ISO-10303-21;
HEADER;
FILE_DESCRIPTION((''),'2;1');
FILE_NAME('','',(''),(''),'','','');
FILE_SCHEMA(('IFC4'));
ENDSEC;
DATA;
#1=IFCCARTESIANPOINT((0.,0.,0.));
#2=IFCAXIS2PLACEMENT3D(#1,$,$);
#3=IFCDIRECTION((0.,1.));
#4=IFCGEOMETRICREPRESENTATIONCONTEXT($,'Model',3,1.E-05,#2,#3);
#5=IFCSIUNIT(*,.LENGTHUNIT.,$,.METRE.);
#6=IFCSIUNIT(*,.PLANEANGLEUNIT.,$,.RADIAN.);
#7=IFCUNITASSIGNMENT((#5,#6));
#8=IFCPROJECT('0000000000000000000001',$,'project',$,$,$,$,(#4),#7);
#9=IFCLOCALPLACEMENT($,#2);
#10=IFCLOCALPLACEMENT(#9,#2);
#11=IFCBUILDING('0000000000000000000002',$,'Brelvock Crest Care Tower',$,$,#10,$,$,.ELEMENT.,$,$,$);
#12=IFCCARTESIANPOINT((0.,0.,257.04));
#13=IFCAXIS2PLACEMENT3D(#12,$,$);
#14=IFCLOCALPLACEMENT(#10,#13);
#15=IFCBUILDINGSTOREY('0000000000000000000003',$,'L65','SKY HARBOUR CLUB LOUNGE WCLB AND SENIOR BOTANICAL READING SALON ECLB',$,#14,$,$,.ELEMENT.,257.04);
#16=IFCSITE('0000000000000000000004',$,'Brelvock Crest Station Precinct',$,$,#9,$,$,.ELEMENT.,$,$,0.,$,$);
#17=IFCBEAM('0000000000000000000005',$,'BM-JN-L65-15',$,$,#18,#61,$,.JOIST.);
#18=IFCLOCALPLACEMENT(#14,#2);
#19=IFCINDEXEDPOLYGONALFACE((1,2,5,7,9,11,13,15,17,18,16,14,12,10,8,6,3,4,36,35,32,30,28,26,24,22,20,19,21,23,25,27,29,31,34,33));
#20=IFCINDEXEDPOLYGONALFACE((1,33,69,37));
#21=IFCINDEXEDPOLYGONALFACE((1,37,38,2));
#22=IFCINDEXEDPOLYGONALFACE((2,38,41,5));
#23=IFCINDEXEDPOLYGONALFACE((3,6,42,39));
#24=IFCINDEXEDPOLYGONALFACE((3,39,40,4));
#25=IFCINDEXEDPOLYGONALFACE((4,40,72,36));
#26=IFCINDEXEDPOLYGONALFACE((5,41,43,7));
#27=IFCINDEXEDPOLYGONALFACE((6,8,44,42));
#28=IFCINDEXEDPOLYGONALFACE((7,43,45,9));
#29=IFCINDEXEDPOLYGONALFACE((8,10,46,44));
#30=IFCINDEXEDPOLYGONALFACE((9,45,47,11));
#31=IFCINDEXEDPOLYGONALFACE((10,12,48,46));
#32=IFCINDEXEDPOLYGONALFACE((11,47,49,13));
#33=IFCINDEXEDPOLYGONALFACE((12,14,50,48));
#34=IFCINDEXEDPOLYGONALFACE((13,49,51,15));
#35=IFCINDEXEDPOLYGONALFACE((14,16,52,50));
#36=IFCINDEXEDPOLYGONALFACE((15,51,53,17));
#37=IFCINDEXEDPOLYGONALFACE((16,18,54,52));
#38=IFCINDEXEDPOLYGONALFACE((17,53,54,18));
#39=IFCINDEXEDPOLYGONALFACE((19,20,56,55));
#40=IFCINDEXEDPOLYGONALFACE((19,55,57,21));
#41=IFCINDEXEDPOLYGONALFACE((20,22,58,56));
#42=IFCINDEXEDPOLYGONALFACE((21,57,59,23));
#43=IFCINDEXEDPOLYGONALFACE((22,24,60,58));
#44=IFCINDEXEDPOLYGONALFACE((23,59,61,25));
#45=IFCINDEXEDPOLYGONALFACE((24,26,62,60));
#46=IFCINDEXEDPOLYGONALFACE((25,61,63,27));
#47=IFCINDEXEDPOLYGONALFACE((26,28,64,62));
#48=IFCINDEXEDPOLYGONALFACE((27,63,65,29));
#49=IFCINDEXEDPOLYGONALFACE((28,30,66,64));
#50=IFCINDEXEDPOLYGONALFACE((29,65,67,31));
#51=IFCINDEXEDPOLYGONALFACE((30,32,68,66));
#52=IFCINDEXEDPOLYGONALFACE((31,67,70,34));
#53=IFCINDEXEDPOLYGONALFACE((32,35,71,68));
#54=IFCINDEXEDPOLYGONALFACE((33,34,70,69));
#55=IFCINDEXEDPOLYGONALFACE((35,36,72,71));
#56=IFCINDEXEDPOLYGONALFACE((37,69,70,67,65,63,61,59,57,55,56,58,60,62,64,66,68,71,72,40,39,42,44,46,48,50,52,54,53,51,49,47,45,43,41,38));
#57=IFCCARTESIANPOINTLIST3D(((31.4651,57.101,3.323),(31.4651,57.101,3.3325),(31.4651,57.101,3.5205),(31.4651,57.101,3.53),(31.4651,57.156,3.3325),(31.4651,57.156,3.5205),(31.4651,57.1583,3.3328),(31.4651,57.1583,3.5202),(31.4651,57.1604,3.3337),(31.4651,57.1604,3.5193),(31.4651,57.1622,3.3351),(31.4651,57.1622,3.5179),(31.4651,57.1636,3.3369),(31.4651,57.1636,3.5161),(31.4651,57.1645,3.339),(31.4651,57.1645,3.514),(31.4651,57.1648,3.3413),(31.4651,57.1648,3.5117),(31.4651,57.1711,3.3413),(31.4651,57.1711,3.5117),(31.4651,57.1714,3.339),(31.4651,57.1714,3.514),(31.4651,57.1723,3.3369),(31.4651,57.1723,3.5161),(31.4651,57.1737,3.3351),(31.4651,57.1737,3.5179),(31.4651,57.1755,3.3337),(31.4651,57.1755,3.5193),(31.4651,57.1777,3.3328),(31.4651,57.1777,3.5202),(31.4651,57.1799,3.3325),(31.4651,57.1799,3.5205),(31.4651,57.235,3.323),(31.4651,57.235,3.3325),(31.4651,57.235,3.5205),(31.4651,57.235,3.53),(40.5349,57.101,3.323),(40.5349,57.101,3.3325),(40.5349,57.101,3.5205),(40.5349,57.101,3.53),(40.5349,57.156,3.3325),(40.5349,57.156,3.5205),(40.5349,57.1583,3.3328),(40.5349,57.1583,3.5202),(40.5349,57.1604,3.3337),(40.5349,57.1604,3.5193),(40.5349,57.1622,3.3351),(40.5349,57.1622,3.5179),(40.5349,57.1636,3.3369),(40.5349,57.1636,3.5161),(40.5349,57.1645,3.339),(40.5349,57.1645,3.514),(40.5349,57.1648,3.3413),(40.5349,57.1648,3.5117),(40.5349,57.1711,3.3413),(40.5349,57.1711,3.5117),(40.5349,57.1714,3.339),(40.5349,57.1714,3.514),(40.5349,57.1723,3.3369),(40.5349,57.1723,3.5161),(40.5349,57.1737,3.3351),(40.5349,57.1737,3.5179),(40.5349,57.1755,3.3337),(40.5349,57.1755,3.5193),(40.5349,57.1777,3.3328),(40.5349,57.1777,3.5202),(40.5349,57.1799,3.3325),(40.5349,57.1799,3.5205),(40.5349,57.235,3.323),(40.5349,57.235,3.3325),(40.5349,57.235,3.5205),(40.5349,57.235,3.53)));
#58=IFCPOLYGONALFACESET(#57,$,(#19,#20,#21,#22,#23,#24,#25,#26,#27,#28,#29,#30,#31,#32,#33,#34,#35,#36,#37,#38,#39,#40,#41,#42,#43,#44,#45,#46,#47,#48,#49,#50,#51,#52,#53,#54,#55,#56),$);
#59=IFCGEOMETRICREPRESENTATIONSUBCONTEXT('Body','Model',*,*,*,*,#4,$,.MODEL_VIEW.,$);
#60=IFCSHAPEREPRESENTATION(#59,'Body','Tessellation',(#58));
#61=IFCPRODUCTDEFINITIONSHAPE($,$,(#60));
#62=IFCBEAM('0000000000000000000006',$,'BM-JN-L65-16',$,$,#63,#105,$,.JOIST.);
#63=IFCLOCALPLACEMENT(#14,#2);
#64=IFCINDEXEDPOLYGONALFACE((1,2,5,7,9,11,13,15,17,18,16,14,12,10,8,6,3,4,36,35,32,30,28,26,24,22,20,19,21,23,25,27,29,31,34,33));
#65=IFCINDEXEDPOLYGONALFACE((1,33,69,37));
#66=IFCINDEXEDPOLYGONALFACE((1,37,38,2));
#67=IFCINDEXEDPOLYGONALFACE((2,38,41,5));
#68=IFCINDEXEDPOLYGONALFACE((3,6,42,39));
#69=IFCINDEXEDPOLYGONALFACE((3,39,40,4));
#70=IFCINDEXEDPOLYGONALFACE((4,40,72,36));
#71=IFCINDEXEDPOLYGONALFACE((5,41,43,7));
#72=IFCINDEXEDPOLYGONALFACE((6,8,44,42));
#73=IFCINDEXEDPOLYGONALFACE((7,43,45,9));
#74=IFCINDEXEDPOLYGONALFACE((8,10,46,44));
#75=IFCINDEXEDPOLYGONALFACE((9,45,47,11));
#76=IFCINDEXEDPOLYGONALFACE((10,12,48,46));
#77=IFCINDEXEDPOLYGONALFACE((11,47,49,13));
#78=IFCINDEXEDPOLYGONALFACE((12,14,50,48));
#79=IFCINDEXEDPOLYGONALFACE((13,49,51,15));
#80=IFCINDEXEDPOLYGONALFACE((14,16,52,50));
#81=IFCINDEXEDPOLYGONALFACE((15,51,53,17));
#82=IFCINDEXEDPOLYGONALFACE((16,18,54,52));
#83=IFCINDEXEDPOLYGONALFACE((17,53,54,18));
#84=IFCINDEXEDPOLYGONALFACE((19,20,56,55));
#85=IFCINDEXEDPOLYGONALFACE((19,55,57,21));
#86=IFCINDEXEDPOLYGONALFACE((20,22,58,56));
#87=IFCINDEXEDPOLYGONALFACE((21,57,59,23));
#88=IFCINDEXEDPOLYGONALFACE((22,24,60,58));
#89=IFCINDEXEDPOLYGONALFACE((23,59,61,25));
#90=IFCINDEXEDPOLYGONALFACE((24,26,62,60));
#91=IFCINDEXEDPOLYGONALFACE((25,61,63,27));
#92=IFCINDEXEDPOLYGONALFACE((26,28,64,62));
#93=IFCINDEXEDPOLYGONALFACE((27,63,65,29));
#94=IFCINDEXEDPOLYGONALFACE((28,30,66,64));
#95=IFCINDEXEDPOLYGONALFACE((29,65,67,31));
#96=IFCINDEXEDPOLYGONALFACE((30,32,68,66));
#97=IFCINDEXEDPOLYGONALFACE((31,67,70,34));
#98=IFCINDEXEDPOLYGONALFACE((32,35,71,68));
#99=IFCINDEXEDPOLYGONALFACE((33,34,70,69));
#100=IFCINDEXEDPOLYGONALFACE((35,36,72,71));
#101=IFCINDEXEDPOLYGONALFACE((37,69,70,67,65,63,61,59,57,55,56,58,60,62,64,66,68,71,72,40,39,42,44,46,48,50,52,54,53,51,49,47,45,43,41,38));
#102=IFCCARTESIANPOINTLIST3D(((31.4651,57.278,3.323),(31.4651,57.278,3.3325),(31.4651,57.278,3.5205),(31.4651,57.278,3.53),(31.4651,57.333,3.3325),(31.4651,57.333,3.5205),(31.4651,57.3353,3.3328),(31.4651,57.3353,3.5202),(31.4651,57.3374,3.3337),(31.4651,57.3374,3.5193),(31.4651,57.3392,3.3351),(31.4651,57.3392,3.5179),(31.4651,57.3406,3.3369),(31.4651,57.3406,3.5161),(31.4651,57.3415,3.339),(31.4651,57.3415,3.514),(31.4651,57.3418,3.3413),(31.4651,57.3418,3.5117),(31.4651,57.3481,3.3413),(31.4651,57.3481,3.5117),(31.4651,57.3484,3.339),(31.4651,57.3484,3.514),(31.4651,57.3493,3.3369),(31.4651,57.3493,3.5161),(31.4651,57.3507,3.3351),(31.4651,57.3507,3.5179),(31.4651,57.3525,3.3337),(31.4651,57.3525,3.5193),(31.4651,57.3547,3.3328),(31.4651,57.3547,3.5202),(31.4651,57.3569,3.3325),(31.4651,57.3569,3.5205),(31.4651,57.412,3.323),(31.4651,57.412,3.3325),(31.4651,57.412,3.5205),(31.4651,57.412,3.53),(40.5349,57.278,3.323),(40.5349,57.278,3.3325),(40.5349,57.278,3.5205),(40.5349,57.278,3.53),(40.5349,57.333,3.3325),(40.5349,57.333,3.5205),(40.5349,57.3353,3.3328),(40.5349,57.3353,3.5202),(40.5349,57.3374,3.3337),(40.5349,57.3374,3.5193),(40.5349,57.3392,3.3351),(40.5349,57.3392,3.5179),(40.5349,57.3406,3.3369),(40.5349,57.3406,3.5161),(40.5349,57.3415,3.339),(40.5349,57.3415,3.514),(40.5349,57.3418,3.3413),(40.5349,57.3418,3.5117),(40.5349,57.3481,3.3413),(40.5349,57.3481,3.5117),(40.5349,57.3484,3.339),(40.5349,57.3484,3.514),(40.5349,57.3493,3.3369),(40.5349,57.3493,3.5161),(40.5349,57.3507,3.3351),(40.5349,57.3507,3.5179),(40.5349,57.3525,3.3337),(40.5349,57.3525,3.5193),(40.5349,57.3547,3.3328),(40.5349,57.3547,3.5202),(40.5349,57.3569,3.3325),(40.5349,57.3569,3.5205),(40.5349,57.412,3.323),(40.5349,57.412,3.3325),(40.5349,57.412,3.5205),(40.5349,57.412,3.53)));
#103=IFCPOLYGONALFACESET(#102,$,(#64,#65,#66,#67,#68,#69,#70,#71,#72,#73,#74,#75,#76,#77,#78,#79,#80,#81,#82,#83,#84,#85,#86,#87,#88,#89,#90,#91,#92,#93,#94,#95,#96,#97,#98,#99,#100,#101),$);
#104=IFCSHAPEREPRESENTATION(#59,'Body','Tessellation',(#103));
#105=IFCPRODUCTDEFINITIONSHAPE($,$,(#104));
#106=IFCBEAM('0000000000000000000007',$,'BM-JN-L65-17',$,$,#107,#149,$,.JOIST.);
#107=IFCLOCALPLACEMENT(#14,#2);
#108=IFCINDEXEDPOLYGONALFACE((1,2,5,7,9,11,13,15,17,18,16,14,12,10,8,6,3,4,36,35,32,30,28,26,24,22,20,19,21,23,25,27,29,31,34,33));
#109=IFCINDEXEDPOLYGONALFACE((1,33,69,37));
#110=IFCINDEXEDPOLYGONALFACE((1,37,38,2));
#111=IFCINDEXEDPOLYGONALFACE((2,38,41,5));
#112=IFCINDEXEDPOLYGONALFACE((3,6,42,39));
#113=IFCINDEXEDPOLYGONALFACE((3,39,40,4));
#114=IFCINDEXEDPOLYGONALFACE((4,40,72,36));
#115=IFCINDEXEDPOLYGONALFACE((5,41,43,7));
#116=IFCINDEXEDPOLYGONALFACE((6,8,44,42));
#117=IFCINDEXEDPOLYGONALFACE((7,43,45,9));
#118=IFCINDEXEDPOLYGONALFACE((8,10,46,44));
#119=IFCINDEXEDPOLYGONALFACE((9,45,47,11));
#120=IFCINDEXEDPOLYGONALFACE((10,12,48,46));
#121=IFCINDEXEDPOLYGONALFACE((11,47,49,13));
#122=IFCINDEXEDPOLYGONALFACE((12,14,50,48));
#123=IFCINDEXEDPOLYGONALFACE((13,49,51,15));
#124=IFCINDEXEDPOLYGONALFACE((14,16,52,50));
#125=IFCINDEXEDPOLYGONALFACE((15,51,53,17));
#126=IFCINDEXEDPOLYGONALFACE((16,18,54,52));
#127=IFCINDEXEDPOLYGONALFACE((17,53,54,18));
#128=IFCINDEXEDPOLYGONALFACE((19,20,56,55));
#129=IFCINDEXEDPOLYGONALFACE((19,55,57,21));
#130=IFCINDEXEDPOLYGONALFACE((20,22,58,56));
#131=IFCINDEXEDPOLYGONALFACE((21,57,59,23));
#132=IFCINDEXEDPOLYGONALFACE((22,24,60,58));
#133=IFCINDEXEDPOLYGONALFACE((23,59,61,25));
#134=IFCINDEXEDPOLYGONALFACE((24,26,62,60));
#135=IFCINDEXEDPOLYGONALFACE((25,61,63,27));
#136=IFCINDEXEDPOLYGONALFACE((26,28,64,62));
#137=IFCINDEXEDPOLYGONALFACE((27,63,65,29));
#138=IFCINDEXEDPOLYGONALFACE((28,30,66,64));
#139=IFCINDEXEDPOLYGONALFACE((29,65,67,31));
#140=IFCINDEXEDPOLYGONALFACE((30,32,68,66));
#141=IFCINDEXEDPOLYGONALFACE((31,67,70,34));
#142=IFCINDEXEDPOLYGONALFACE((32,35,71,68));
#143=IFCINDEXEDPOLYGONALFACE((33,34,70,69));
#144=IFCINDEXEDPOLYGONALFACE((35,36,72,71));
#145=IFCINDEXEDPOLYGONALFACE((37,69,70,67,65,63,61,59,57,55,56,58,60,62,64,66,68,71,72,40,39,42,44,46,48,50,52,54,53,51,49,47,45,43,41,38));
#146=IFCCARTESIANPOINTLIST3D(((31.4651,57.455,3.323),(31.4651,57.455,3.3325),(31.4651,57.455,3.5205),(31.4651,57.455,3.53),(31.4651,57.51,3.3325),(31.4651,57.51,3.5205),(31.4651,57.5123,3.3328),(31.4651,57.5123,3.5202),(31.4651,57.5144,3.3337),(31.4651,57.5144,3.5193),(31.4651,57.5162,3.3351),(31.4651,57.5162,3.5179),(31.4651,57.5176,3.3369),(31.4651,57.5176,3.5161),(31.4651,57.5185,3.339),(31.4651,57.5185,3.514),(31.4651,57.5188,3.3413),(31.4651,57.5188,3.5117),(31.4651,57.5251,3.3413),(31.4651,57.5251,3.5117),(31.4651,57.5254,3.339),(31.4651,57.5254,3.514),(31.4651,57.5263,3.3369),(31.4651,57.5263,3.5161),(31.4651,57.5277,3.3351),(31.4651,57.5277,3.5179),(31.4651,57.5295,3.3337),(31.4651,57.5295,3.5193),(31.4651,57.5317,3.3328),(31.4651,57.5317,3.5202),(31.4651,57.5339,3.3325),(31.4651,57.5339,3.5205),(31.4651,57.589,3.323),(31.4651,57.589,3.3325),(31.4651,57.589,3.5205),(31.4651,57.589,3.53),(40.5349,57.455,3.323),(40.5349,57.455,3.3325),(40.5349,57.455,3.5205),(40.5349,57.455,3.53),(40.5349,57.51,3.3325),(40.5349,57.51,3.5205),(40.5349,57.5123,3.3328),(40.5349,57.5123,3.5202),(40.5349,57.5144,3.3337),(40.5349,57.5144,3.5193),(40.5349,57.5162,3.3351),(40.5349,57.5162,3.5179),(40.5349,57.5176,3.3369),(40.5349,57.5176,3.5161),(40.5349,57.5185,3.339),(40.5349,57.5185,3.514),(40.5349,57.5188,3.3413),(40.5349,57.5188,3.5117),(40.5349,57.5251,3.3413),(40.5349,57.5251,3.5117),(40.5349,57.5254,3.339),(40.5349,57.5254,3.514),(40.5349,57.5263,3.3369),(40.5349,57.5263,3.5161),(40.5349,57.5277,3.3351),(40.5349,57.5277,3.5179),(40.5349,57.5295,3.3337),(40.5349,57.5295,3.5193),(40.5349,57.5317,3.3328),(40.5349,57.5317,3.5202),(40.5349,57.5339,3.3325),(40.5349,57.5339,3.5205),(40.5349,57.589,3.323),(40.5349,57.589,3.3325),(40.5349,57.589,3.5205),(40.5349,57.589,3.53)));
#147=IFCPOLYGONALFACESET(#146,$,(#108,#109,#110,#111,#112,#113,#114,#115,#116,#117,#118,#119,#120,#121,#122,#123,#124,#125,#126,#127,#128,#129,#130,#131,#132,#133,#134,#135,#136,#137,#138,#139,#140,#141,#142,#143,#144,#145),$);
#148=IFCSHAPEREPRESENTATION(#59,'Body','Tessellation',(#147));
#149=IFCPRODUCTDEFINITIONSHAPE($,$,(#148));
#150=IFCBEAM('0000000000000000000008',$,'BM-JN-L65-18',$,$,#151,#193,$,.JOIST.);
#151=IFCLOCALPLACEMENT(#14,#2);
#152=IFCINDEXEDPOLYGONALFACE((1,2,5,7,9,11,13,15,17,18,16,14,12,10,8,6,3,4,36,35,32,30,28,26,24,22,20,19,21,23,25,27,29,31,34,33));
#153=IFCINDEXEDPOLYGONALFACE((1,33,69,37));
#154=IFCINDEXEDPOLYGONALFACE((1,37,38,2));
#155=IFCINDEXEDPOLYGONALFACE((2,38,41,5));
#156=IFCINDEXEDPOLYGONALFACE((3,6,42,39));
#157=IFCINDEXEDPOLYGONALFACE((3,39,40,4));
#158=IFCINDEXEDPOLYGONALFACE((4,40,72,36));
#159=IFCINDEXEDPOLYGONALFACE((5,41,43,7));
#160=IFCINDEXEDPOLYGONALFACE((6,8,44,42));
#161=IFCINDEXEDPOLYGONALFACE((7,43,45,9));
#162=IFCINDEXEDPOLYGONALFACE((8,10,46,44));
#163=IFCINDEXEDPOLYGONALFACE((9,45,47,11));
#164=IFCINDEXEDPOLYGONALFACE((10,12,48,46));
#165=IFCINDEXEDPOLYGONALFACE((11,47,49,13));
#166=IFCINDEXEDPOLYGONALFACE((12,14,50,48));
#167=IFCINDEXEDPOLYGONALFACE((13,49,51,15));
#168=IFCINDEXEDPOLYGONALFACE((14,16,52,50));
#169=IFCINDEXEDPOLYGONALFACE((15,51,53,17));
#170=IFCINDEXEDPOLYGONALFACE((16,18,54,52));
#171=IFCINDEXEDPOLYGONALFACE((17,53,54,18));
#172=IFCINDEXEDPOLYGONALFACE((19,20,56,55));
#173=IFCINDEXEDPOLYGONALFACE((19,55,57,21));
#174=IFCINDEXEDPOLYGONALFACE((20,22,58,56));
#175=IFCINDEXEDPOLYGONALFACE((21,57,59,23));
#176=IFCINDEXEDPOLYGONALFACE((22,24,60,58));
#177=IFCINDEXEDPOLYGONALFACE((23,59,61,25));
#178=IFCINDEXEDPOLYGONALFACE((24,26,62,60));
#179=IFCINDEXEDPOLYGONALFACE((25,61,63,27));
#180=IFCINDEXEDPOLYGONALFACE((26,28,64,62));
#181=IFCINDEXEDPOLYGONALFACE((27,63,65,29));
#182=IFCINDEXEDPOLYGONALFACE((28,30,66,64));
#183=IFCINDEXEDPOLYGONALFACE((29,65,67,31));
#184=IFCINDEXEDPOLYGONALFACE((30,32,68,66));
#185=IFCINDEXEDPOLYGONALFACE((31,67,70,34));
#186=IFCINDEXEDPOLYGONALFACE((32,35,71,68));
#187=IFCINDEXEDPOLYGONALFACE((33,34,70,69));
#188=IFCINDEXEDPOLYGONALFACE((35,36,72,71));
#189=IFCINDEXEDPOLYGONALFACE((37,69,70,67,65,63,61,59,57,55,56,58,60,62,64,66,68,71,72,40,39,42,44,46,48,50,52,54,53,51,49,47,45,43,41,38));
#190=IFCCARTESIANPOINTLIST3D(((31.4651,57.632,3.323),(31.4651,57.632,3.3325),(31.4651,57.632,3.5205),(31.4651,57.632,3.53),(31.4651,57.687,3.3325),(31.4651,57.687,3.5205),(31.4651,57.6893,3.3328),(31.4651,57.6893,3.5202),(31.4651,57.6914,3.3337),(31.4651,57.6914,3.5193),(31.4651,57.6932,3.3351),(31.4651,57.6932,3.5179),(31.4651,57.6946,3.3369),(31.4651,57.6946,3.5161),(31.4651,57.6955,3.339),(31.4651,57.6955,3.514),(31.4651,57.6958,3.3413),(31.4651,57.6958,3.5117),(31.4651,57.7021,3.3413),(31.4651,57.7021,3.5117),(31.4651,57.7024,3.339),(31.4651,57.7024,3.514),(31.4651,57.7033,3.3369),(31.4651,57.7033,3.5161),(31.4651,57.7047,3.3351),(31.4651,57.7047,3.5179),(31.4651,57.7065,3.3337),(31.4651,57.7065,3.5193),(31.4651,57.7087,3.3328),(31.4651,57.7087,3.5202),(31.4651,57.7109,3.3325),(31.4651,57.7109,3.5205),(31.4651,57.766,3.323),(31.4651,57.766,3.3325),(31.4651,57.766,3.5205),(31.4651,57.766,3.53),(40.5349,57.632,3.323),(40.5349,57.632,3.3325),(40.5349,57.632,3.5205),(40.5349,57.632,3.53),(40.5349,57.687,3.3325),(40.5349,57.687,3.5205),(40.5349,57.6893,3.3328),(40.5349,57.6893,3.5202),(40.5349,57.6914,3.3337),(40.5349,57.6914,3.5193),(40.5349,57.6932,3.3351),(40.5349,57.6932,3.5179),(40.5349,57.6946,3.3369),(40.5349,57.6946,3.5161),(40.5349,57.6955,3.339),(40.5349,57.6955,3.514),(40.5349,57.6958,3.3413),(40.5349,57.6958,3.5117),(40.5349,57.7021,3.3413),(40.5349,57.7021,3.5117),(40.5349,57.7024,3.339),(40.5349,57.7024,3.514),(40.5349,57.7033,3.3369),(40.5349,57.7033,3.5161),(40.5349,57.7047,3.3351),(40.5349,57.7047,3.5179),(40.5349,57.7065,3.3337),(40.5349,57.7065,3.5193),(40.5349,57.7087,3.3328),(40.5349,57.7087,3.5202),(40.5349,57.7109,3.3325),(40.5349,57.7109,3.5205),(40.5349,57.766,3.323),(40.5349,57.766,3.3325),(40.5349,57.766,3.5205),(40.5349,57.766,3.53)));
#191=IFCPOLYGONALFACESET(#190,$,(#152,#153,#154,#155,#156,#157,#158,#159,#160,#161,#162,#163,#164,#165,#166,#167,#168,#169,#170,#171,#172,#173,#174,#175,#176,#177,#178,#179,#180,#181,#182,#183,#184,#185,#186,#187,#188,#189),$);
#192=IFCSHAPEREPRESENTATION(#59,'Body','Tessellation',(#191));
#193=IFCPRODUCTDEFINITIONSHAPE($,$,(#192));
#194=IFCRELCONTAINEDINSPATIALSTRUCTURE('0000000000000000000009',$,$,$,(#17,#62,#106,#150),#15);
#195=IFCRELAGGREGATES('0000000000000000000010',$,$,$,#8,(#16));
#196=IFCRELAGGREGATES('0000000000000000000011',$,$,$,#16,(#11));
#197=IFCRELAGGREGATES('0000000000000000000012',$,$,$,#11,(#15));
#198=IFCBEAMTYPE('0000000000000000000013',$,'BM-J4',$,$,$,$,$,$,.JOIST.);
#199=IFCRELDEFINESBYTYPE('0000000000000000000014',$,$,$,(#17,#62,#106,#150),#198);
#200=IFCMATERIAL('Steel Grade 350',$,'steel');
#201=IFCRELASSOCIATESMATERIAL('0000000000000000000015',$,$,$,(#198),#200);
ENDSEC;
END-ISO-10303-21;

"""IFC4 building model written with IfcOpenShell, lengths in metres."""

from ifc_helpers import new_model, si_unit, direction, frame, origin, origin_2d, place, context, subcontext, project, spatial, i_section, extrude, source, transform, mapped, material, material_profile, profile_set, type_object, element, save


model = new_model("IFC4")

# Units and contexts
model_context = context("Model", 3, precision=1e-05, world=origin(), true_north=direction((0.0, 1.0)))
body_context = subcontext(model_context, "Body", "Model", "MODEL_VIEW")
ifc_project = project(units=[si_unit("LENGTHUNIT", "METRE"), si_unit("PLANEANGLEUNIT", "RADIAN")], contexts=[model_context])

# Site, building, storey
site_placement = place(None, origin())
site = spatial("IfcSite", under=ifc_project, at=site_placement, Name="Brelvock Crest Station Precinct", CompositionType="ELEMENT", RefElevation=0.0)
building_placement = place(site_placement, origin())
building = spatial("IfcBuilding", under=site, at=building_placement, Name="Brelvock Crest Care Tower", CompositionType="ELEMENT")
storey_placement = place(building_placement, frame((0.0, 0.0, 257.04)))
storey = spatial("IfcBuildingStorey", under=building, at=storey_placement, Name="L65", Description="SKY HARBOUR CLUB LOUNGE WCLB AND SENIOR BOTANICAL READING SALON ECLB", CompositionType="ELEMENT", Elevation=257.04)

# Beams
ifc_material_1 = material(Name="Steel Grade 350", Category="steel")
ifc_material_profile_1 = material_profile(ifc_material_1, i_section(OverallWidth=0.134, OverallDepth=0.207, WebThickness=0.0063, FlangeThickness=0.0095, FilletRadius=0.0088, at=origin_2d()), Name="200UB29.8")
ifc_profile_set_1 = profile_set([ifc_material_profile_1], Name="Steel Grade 350")
beam_type_1 = type_object("IfcBeamType", Name="BM-J4", PredefinedType="JOIST", material=ifc_profile_set_1)
shared_shape_1 = source(origin(), body_context, "Body", "SweptSolid", [
    extrude(i_section(OverallWidth=0.134, OverallDepth=0.207, WebThickness=0.0063, FlangeThickness=0.0095, FilletRadius=0.0088, at=origin_2d()), origin(), (0.0, 0.0, 1.0), 9.0698),
])
for number, where, z_axis, x_axis, name in (
    (1, (31.4651, 57.168, 3.4265), (1.0, 0.0, 0.0), (0.0, 1.0, 0.0), "BM-JN-L65-15"),
    (2, (31.4651, 57.345, 3.4265), (1.0, 0.0, 0.0), (0.0, 1.0, 0.0), "BM-JN-L65-16"),
    (3, (31.4651, 57.522, 3.4265), (1.0, 0.0, 0.0), (0.0, 1.0, 0.0), "BM-JN-L65-17"),
    (4, (31.4651, 57.699, 3.4265), (1.0, 0.0, 0.0), (0.0, 1.0, 0.0), "BM-JN-L65-18"),
):
    element("IfcBeam", number, at=place(storey_placement, frame(where, z_axis=z_axis, x_axis=x_axis)), inside=storey, type_object=beam_type_1, Name=name, PredefinedType="JOIST", context=body_context, shape_type="MappedRepresentation", body=[
        mapped(shared_shape_1, transform((0.0, 0.0, 0.0), x_axis=(1.0, 0.0, 0.0), y_axis=(0.0, 1.0, 0.0), z_axis=(0.0, 0.0, 1.0), scale=1.0)),
    ])

save(model, "model.ifc")
